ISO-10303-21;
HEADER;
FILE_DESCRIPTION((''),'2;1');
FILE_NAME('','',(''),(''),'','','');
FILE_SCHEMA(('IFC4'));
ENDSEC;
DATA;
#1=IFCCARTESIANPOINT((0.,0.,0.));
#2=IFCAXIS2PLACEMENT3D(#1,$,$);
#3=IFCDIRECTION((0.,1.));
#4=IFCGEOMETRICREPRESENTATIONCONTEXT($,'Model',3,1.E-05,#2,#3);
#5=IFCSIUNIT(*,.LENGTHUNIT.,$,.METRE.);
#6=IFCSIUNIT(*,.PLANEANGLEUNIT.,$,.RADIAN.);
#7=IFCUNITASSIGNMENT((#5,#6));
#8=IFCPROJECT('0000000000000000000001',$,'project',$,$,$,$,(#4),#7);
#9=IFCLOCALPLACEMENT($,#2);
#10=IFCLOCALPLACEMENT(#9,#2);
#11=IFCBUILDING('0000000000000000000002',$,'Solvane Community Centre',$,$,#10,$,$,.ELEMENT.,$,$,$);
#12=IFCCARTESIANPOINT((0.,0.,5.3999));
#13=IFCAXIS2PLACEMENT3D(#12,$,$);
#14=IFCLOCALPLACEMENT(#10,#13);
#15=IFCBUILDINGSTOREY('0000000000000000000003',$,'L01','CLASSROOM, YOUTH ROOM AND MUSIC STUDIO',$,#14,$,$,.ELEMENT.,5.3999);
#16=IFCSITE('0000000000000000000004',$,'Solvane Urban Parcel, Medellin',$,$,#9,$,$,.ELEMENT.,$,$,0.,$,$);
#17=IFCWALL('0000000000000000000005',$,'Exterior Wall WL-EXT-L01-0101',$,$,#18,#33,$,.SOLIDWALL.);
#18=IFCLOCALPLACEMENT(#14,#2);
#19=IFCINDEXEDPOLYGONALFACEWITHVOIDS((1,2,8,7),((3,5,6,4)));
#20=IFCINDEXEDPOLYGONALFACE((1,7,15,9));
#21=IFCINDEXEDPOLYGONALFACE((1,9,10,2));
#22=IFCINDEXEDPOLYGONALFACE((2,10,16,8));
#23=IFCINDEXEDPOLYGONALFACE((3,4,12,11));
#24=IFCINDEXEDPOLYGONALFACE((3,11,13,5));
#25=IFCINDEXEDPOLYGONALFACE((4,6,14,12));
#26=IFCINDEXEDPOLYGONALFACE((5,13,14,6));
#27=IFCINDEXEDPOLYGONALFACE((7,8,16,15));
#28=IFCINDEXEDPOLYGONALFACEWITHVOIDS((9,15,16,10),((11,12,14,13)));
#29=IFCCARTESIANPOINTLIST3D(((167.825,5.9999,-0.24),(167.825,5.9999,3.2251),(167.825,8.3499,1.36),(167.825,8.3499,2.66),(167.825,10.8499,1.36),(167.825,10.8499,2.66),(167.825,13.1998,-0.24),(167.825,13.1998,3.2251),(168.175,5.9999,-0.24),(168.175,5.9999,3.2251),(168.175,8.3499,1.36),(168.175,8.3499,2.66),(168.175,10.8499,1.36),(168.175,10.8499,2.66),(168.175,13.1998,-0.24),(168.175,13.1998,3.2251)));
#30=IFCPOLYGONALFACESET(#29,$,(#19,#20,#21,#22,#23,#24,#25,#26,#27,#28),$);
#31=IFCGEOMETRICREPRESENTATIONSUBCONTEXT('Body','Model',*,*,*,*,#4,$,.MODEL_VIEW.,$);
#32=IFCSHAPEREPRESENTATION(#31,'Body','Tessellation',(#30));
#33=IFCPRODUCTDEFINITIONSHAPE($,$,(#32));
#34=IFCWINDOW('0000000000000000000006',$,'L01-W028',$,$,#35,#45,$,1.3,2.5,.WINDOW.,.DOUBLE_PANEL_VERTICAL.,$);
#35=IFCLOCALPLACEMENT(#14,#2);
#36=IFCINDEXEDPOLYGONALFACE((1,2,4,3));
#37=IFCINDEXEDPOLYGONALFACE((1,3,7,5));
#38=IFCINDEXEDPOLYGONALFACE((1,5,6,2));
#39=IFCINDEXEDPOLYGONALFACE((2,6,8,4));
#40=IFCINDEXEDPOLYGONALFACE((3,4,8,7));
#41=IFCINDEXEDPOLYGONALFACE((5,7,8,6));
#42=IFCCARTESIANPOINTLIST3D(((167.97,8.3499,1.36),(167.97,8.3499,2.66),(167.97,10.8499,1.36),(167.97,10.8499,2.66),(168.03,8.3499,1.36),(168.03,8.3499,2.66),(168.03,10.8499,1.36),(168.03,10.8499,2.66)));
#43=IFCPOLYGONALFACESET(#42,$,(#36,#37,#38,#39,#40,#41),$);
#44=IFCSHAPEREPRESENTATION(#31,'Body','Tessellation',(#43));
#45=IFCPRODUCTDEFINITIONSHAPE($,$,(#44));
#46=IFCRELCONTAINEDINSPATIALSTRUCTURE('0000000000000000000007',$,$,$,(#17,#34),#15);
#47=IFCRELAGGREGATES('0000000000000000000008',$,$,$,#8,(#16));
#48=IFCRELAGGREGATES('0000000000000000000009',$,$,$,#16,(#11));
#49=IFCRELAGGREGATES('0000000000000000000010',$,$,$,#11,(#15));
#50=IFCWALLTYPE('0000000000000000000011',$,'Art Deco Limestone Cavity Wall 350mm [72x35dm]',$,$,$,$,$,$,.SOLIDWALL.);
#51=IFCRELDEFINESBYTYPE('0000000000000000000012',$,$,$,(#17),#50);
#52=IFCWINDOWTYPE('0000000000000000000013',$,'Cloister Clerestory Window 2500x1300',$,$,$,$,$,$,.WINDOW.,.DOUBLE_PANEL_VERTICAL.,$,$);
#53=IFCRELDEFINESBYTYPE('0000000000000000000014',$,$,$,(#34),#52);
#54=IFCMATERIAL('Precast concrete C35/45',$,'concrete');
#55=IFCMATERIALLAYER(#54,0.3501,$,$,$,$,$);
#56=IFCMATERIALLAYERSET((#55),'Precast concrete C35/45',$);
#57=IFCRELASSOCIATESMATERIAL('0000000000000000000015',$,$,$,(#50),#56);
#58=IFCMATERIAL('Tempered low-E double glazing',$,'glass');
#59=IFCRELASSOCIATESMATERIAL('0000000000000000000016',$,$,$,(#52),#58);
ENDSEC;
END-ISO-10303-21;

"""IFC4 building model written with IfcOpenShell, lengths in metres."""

from ifc_helpers import new_model, si_unit, direction, frame, frame_2d, origin, place, context, subcontext, project, spatial, rectangle, extrude, material, layer, layer_set, type_object, element, fill, save


model = new_model("IFC4")

# Units and contexts
model_context = context("Model", 3, precision=1e-05, world=origin(), true_north=direction((0.0, 1.0)))
body_context = subcontext(model_context, "Body", "Model", "MODEL_VIEW")
ifc_project = project(units=[si_unit("LENGTHUNIT", "METRE"), si_unit("PLANEANGLEUNIT", "RADIAN")], contexts=[model_context])

# Site, building, storey
site_placement = place(None, origin())
site = spatial("IfcSite", under=ifc_project, at=site_placement, Name="Solvane Urban Parcel, Medellin", CompositionType="ELEMENT", RefElevation=0.0)
building_placement = place(site_placement, origin())
building = spatial("IfcBuilding", under=site, at=building_placement, Name="Solvane Community Centre", CompositionType="ELEMENT")
storey_placement = place(building_placement, frame((0.0, 0.0, 5.3999)))
storey = spatial("IfcBuildingStorey", under=building, at=storey_placement, Name="L01", Description="CLASSROOM, YOUTH ROOM AND MUSIC STUDIO", CompositionType="ELEMENT", Elevation=5.3999)

# Shared definitions
ifc_material_1 = material(Name="Precast concrete C35/45", Category="concrete")

# Shared definitions
ifc_material_2 = material(Name="Tempered low-E double glazing", Category="glass")

# Wall, opening, window
ifc_layer_1 = layer(ifc_material_1, 0.3501)
ifc_layer_set_1 = layer_set([ifc_layer_1], Name="Precast concrete C35/45")
wall_type_1 = type_object("IfcWallType", Name="Art Deco Limestone Cavity Wall 350mm [72x35dm]", PredefinedType="SOLIDWALL", material=ifc_layer_set_1)
wall_1_placement = place(storey_placement, frame((168.0, 13.2, -0.24), z_axis=(0.0, 0.0, 1.0), x_axis=(0.0, -1.0, 0.0)))
wall_1 = element("IfcWall", 1, at=wall_1_placement, inside=storey, type_object=wall_type_1, Name="Exterior Wall WL-EXT-L01-0101", PredefinedType="SOLIDWALL", context=body_context, shape_type="SweptSolid", body=[
    extrude(rectangle(XDim=7.2, YDim=0.3501, at=frame_2d((3.6001, 0.0))), origin(), (0.0, 0.0, 1.0), 3.4651),
])
opening_1_placement = place(wall_1_placement, frame((2.3501, 0.0, 1.6001)))
opening_1 = element("IfcOpeningElement", 2, at=opening_1_placement, cuts=wall_1, PredefinedType="OPENING", context=body_context, shape_type="SweptSolid", body=[
    extrude(rectangle(XDim=2.5, YDim=1.3, at=frame_2d((1.25, 0.6499))), frame((0.0, 0.1851, 0.0), z_axis=(0.0, -1.0, 0.0), x_axis=(1.0, 0.0, 0.0)), (0.0, 0.0, 1.0), 0.3701),
])
window_type_1 = type_object("IfcWindowType", Name="Cloister Clerestory Window 2500x1300", PartitioningType="DOUBLE_PANEL_VERTICAL", PredefinedType="WINDOW", material=ifc_material_2)
window_1_placement = place(opening_1_placement, origin())
window_1 = element("IfcWindow", 3, at=window_1_placement, inside=storey, type_object=window_type_1, Name="L01-W028", OverallHeight=1.3, OverallWidth=2.5, PartitioningType="DOUBLE_PANEL_VERTICAL", PredefinedType="WINDOW", context=body_context, shape_type="SweptSolid", body=[
    extrude(rectangle(XDim=2.5, YDim=1.3, at=frame_2d((1.25, 0.6499))), frame((0.0, 0.03, 0.0), z_axis=(0.0, -1.0, 0.0), x_axis=(1.0, 0.0, 0.0)), (0.0, 0.0, 1.0), 0.0601),
])
fill(opening_1, window_1)

save(model, "model.ifc")
